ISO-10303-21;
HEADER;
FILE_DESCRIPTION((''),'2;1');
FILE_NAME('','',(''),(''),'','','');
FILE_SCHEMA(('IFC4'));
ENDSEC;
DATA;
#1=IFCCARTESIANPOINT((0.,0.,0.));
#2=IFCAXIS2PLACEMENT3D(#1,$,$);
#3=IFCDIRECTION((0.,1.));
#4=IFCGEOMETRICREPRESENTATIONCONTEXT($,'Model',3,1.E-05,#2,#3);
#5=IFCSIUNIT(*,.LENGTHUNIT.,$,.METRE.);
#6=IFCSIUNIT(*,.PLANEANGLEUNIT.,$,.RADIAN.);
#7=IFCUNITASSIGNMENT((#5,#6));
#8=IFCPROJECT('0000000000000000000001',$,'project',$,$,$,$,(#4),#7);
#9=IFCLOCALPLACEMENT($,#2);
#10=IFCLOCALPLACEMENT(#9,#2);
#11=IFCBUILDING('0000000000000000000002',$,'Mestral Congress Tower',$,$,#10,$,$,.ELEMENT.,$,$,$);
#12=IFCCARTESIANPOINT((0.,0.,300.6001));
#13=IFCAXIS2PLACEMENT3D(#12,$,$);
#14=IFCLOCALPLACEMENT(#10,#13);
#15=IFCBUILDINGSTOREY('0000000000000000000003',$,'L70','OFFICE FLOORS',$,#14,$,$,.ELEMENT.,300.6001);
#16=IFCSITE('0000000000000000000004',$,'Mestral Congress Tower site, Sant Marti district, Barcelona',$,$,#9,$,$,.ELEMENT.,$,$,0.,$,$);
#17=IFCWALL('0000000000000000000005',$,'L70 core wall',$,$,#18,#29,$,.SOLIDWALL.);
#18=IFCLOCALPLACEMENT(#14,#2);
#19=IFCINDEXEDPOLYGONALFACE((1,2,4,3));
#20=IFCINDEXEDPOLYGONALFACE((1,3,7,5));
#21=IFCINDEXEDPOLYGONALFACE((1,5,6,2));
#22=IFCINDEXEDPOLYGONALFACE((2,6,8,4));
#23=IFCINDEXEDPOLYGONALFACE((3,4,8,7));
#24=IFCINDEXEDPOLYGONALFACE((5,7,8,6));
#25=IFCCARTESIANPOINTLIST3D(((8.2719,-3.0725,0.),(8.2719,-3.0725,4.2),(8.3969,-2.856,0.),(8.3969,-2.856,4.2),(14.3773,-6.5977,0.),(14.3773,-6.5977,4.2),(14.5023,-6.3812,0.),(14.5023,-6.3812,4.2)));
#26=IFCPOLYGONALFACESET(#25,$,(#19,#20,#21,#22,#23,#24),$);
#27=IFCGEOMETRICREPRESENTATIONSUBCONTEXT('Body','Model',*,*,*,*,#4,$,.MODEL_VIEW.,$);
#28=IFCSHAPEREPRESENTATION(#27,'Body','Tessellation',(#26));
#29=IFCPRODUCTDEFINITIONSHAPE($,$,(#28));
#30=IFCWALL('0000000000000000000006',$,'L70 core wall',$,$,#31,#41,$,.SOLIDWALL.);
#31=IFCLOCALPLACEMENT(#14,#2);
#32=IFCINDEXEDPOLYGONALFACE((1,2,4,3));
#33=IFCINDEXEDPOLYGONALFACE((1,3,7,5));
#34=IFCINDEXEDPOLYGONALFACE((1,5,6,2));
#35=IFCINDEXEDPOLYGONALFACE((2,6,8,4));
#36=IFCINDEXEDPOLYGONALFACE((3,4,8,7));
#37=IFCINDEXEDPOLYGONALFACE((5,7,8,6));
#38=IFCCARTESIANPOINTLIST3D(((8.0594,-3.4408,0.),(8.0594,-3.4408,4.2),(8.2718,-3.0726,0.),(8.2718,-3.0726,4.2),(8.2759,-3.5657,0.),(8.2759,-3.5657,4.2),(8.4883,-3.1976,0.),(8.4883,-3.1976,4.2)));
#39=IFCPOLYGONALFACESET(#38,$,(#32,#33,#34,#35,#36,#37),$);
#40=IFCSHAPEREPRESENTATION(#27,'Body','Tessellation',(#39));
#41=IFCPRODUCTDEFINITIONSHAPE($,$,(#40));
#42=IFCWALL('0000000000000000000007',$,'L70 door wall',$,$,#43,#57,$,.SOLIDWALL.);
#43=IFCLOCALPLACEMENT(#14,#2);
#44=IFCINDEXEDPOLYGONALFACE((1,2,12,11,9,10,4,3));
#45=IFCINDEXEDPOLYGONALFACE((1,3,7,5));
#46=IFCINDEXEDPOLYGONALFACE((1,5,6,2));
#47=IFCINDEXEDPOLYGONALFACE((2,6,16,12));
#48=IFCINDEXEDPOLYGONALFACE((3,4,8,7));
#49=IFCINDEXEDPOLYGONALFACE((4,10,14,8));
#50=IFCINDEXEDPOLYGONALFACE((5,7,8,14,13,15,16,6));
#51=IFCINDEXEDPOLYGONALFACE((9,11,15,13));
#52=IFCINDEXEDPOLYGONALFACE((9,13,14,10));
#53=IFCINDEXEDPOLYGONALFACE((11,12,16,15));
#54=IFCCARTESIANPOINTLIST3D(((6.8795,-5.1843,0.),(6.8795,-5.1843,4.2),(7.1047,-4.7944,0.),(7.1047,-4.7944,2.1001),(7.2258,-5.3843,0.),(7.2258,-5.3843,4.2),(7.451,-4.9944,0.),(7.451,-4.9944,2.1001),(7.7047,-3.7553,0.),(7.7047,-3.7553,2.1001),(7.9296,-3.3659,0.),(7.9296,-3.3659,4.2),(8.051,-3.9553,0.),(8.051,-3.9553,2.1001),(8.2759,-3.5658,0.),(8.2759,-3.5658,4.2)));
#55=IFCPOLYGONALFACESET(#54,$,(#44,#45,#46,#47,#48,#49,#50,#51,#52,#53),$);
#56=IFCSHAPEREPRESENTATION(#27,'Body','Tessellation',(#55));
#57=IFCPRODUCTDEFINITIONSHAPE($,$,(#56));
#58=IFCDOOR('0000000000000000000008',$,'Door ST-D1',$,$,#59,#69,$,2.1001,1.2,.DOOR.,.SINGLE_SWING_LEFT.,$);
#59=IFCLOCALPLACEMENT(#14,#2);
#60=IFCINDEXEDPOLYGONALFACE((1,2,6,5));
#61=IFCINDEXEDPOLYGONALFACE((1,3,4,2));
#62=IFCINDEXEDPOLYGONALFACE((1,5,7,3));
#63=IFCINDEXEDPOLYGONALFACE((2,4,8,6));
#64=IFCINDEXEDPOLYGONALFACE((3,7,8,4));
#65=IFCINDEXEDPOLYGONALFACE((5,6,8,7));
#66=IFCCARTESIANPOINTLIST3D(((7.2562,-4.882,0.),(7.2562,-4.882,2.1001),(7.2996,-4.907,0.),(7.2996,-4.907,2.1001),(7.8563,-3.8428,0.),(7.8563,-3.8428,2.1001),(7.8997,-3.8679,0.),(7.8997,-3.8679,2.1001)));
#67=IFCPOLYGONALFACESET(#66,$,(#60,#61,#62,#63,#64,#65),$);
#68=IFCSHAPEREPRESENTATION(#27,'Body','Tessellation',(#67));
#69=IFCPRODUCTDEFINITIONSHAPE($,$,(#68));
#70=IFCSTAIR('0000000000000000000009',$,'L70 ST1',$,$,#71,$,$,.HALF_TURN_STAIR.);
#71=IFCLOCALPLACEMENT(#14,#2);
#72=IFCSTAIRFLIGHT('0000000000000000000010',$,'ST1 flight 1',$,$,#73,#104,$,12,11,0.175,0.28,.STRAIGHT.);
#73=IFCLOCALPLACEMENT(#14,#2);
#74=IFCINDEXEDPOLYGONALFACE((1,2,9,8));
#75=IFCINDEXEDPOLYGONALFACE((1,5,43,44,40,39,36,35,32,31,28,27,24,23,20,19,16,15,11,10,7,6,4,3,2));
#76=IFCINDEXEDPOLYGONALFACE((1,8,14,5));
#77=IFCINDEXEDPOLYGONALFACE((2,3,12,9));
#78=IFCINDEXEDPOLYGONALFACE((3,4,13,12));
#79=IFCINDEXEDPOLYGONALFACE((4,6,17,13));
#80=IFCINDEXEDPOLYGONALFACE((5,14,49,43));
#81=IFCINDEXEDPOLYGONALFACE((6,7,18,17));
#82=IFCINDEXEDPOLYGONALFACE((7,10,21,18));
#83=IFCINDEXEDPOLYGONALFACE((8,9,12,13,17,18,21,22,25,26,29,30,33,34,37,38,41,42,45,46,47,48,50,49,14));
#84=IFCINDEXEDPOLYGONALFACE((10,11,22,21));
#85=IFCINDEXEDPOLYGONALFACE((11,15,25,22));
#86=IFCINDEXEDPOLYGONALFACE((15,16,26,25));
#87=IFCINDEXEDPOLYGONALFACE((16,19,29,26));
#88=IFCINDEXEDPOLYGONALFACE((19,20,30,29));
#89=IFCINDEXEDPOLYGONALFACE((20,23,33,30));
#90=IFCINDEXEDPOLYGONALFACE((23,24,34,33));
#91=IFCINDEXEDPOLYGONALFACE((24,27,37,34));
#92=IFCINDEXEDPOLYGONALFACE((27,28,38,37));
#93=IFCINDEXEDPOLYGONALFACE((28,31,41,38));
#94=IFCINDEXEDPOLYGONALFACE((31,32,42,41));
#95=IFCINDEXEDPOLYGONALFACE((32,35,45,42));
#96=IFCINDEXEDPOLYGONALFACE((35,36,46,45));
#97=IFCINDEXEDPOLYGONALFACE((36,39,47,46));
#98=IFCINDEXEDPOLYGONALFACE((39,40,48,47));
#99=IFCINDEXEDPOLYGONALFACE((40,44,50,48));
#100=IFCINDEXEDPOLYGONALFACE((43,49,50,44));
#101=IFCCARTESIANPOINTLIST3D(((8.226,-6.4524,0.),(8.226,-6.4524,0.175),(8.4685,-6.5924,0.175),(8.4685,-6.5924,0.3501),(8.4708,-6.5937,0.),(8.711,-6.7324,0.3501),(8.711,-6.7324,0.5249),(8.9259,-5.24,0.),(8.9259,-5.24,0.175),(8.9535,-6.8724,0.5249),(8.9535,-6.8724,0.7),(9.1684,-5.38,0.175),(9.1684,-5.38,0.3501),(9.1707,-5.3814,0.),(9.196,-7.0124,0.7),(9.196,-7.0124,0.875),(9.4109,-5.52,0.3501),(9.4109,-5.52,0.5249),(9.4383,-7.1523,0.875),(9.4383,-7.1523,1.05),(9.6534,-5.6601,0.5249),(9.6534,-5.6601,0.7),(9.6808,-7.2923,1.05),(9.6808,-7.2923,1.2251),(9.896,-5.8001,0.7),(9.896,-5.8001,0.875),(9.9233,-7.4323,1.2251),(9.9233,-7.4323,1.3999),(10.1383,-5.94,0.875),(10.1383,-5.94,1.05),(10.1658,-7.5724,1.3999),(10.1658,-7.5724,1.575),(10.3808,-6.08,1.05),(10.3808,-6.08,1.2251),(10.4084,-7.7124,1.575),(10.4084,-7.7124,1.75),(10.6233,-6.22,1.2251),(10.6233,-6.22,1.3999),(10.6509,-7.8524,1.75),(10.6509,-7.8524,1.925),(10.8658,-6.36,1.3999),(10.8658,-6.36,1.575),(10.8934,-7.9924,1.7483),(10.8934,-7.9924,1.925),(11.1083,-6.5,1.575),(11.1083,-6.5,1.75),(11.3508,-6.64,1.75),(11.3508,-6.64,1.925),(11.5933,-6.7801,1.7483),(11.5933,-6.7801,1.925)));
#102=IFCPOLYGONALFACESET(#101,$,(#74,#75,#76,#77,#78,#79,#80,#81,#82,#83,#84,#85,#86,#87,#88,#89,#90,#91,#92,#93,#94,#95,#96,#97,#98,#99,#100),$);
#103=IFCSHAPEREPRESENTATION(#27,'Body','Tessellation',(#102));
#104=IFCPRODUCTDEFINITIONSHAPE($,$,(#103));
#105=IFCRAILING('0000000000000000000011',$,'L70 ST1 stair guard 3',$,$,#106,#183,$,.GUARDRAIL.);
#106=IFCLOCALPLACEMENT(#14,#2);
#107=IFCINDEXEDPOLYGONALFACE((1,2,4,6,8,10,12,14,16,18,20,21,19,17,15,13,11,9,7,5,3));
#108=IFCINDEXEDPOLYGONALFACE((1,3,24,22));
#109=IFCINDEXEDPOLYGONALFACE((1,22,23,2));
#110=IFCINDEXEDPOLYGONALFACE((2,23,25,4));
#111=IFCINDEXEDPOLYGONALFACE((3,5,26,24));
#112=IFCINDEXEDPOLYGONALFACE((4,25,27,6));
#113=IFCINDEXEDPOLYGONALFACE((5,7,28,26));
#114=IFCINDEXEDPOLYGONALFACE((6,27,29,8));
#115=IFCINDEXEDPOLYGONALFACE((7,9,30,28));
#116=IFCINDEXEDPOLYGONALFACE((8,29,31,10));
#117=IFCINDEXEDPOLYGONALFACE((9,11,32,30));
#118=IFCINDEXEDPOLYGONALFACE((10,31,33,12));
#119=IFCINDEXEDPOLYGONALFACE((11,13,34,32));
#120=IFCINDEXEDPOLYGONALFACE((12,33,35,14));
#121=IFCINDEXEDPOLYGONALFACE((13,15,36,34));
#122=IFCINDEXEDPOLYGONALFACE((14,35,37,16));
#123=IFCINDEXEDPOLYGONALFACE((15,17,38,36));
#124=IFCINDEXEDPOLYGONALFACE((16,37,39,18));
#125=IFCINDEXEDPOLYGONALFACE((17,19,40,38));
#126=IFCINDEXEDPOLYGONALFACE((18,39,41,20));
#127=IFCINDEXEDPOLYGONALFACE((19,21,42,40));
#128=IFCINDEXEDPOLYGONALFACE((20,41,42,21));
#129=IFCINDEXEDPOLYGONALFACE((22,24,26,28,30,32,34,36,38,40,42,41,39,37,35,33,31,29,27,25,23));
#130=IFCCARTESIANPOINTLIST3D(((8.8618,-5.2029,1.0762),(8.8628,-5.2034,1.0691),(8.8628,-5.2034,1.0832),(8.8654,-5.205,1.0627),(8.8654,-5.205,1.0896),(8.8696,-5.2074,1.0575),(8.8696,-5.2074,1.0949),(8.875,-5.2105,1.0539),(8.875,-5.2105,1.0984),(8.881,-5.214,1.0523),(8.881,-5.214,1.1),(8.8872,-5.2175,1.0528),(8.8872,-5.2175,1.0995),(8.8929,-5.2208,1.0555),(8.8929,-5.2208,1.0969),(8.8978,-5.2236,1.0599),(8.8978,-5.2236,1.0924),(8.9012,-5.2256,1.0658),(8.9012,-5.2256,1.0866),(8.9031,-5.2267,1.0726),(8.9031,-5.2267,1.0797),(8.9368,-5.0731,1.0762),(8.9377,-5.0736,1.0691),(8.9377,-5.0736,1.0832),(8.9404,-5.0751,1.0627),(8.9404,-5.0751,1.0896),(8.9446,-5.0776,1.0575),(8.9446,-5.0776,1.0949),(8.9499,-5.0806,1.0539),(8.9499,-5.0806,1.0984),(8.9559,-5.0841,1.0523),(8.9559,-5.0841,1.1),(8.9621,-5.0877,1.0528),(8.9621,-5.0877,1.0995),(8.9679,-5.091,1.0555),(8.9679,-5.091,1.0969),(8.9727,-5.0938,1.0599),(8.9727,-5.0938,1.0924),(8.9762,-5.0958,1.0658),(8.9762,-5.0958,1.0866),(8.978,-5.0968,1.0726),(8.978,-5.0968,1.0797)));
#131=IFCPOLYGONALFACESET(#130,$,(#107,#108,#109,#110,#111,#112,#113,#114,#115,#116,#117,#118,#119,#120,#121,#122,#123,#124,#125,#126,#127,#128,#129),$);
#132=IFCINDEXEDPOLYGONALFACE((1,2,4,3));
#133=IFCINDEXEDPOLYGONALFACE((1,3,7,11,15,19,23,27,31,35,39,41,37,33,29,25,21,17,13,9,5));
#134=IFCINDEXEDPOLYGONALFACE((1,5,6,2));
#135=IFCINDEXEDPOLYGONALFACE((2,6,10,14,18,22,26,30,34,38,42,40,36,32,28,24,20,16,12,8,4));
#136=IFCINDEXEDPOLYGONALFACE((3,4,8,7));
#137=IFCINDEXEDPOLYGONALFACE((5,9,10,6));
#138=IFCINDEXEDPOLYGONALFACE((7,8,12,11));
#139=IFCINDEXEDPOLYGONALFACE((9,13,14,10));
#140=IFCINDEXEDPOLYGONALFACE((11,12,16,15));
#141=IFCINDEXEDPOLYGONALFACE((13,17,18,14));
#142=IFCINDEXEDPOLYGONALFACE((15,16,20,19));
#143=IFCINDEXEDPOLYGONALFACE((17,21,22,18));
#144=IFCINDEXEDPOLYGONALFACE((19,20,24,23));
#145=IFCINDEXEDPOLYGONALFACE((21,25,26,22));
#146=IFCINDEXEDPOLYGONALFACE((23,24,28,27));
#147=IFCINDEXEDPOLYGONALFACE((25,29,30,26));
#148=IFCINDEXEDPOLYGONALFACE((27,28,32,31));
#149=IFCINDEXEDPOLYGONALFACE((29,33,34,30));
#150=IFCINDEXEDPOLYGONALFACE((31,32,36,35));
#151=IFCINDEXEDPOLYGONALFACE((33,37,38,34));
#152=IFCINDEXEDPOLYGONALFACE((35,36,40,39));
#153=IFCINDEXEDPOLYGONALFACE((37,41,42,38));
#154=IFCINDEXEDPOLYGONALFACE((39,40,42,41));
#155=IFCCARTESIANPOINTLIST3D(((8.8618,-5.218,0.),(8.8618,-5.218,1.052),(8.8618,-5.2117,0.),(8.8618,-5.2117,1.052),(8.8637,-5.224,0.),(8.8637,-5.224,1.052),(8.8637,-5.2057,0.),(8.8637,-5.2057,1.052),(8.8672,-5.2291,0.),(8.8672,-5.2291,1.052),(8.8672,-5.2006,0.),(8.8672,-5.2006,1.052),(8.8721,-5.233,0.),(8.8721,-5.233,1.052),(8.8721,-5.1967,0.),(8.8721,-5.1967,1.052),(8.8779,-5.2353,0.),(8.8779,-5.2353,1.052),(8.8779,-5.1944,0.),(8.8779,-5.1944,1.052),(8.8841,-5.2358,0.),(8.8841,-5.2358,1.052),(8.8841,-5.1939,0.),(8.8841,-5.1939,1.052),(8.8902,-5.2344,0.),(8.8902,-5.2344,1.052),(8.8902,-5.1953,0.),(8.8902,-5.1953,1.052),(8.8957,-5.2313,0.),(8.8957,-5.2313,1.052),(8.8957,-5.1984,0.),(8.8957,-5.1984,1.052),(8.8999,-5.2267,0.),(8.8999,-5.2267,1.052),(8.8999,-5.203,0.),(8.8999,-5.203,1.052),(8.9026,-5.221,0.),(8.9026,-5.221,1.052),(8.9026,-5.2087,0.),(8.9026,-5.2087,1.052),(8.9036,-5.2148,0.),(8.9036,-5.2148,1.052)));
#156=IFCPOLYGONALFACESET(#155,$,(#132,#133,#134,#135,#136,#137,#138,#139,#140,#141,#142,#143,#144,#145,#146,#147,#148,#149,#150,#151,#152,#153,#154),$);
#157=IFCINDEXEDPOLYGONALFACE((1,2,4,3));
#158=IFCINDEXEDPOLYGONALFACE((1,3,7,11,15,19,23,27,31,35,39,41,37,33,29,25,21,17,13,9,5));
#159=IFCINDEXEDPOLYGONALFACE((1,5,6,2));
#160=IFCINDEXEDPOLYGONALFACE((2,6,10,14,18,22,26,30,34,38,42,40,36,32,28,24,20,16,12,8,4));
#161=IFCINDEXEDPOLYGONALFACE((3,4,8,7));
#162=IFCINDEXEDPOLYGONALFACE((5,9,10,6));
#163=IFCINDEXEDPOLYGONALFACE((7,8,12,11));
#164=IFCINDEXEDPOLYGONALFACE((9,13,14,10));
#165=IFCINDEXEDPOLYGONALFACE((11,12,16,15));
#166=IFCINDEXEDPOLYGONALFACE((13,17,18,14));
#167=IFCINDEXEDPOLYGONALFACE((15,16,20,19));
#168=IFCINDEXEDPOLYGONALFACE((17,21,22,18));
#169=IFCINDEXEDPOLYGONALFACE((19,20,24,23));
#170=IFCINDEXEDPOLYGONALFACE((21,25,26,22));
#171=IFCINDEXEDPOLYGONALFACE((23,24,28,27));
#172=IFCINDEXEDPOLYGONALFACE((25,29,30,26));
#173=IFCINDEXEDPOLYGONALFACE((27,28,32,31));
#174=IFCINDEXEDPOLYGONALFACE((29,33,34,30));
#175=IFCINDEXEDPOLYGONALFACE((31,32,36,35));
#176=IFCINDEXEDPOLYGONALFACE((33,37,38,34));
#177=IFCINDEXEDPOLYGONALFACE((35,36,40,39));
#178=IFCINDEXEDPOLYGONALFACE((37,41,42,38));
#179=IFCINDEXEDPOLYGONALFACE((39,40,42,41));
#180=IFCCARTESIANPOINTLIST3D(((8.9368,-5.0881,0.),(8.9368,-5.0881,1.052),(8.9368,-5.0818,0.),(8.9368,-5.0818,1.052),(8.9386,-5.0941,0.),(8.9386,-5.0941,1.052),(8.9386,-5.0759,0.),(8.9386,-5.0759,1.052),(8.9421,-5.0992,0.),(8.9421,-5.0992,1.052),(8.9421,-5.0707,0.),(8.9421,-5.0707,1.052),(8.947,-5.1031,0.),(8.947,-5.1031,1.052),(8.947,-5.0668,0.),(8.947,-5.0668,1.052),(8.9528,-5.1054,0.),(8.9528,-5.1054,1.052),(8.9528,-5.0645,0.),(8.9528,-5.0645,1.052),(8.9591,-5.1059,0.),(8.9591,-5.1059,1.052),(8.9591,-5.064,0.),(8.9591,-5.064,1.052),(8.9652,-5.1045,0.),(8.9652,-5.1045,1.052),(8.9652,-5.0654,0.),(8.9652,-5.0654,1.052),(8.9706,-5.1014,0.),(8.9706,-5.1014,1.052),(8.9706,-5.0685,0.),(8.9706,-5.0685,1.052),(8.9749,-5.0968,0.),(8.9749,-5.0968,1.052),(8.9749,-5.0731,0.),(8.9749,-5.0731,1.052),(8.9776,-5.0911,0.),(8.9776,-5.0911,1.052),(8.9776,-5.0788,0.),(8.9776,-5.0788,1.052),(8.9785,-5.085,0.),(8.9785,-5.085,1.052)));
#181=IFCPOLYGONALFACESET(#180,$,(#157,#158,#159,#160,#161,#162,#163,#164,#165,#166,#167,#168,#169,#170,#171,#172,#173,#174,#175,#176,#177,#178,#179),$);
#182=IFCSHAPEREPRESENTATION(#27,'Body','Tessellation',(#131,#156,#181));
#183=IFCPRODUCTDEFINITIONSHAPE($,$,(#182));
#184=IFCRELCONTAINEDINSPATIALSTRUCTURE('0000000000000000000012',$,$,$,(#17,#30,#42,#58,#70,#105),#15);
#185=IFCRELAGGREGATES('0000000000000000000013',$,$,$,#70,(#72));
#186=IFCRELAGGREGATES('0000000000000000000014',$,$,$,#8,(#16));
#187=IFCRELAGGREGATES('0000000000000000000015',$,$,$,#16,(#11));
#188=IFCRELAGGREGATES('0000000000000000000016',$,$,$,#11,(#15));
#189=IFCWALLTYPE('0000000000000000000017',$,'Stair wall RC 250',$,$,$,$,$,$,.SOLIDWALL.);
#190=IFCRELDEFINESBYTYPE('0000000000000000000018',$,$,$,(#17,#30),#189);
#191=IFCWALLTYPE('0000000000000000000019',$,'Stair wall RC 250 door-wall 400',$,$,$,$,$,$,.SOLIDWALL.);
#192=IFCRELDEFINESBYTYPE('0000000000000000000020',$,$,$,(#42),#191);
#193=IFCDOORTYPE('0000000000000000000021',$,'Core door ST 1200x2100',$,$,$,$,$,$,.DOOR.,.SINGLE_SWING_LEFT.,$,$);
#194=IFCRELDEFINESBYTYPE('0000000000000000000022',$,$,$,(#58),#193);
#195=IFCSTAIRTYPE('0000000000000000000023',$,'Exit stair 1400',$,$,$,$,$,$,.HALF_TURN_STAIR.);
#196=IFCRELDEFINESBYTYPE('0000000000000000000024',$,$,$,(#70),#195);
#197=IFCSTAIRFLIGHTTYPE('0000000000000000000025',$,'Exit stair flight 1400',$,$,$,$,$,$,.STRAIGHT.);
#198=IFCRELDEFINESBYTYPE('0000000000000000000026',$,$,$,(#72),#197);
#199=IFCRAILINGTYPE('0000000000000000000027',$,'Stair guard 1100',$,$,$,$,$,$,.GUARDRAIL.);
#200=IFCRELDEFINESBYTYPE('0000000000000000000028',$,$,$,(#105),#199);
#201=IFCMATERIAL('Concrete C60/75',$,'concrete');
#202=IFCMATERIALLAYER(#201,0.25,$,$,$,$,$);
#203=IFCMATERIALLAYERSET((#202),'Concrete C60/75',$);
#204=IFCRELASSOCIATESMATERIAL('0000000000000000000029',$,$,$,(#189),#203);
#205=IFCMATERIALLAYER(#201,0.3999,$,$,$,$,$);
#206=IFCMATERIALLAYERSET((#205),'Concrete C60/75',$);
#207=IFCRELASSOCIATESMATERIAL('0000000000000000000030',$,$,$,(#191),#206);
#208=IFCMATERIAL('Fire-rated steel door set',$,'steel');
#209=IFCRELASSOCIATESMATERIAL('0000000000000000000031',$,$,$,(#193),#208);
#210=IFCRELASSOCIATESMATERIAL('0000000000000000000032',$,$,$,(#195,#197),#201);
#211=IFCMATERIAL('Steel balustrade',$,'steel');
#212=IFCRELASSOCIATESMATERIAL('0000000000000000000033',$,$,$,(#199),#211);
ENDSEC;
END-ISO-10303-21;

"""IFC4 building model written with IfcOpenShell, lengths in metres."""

from ifc_helpers import new_model, si_unit, direction, frame, frame_2d, origin, origin_2d, place, context, subcontext, project, spatial, polyline, rectangle, circle, outline, extrude, material, layer, layer_set, type_object, element, fill, aggregate, save


model = new_model("IFC4")

# Units and contexts
model_context = context("Model", 3, precision=1e-05, world=origin(), true_north=direction((0.0, 1.0)))
body_context = subcontext(model_context, "Body", "Model", "MODEL_VIEW")
ifc_project = project(units=[si_unit("LENGTHUNIT", "METRE"), si_unit("PLANEANGLEUNIT", "RADIAN")], contexts=[model_context])

# Site, building, storey
site_placement = place(None, origin())
site = spatial("IfcSite", under=ifc_project, at=site_placement, Name="Mestral Congress Tower site, Sant Marti district, Barcelona", CompositionType="ELEMENT", RefElevation=0.0)
building_placement = place(site_placement, origin())
building = spatial("IfcBuilding", under=site, at=building_placement, Name="Mestral Congress Tower", CompositionType="ELEMENT")
storey_placement = place(building_placement, frame((0.0, 0.0, 300.6001)))
storey = spatial("IfcBuildingStorey", under=building, at=storey_placement, Name="L70", Description="OFFICE FLOORS", CompositionType="ELEMENT", Elevation=300.6001)

# Shared definitions
ifc_material_1 = material(Name="Fire-rated steel door set", Category="steel")

# Walls
ifc_material_2 = material(Name="Concrete C60/75", Category="concrete")
ifc_layer_1 = layer(ifc_material_2, 0.25)
ifc_layer_set_1 = layer_set([ifc_layer_1], Name="Concrete C60/75")
wall_type_1 = type_object("IfcWallType", Name="Stair wall RC 250", PredefinedType="SOLIDWALL", material=ifc_layer_set_1)
wall_1_placement = place(storey_placement, frame((8.3345, -2.9644, 0.0), z_axis=(0.0, 0.0, 1.0), x_axis=(0.866016, -0.500016, 0.0)))
element("IfcWall", 1, at=wall_1_placement, inside=storey, type_object=wall_type_1, Name="L70 core wall", PredefinedType="SOLIDWALL", context=body_context, shape_type="SweptSolid", body=[
    extrude(rectangle(XDim=7.05, YDim=0.25, at=frame_2d((3.5249, 0.0))), origin(), (0.0, 0.0, 1.0), 4.2),
])
wall_2_placement = place(storey_placement, frame((8.1677, -3.5032, 0.0), z_axis=(0.0, 0.0, 1.0), x_axis=(0.499722, 0.866186, 0.0)))
element("IfcWall", 2, at=wall_2_placement, inside=storey, type_object=wall_type_1, Name="L70 core wall", PredefinedType="SOLIDWALL", context=body_context, shape_type="SweptSolid", body=[
    extrude(rectangle(XDim=0.425, YDim=0.25, at=frame_2d((0.2124, 0.0))), origin(), (0.0, 0.0, 1.0), 4.2),
])

# Wall, opening, door
ifc_layer_2 = layer(ifc_material_2, 0.3999)
ifc_layer_set_2 = layer_set([ifc_layer_2], Name="Concrete C60/75")
wall_type_2 = type_object("IfcWallType", Name="Stair wall RC 250 door-wall 400", PredefinedType="SOLIDWALL", material=ifc_layer_set_2)
wall_3_placement = place(storey_placement, frame((7.0527, -5.2842, 0.0), z_axis=(0.0, 0.0, 1.0), x_axis=(0.500078, 0.86598, 0.0)))
wall_3 = element("IfcWall", 3, at=wall_3_placement, inside=storey, type_object=wall_type_2, Name="L70 door wall", PredefinedType="SOLIDWALL", context=body_context, shape_type="SweptSolid", body=[
    extrude(rectangle(XDim=2.0999, YDim=0.3999, at=frame_2d((1.0498, 0.0))), origin(), (0.0, 0.0, 1.0), 4.2),
])
opening_1_placement = place(wall_3_placement, frame((0.45, 0.0, 0.0)))
opening_1 = element("IfcOpeningElement", 4, at=opening_1_placement, cuts=wall_3, PredefinedType="OPENING", context=body_context, shape_type="SweptSolid", body=[
    extrude(rectangle(XDim=1.2, YDim=2.1001, at=frame_2d((0.6001, 1.05))), frame((0.0, 0.21, 0.0), z_axis=(0.0, -1.0, 0.0), x_axis=(1.0, 0.0, 0.0)), (0.0, 0.0, 1.0), 0.4199),
])
door_type_1 = type_object("IfcDoorType", Name="Core door ST 1200x2100", OperationType="SINGLE_SWING_LEFT", PredefinedType="DOOR", material=ifc_material_1)
door_1_placement = place(opening_1_placement, origin())
door_1 = element("IfcDoor", 5, at=door_1_placement, inside=storey, type_object=door_type_1, Name="Door ST-D1", OperationType="SINGLE_SWING_LEFT", OverallHeight=2.1001, OverallWidth=1.2, PredefinedType="DOOR", context=body_context, shape_type="SweptSolid", body=[
    extrude(rectangle(XDim=1.2, YDim=2.1001, at=frame_2d((0.6001, 1.05))), frame((0.0, 0.0249, 0.0), z_axis=(0.0, -1.0, 0.0), x_axis=(1.0, 0.0, 0.0)), (0.0, 0.0, 1.0), 0.05),
])
fill(opening_1, door_1)

# Stair, stair flight
stair_type = type_object("IfcStairType", Name="Exit stair 1400", PredefinedType="HALF_TURN_STAIR", material=ifc_material_2)
stair_placement = place(storey_placement, origin())
stair = element("IfcStair", 6, at=stair_placement, inside=storey, type_object=stair_type, Name="L70 ST1", PredefinedType="HALF_TURN_STAIR")
stair_flight_type = type_object("IfcStairFlightType", Name="Exit stair flight 1400", PredefinedType="STRAIGHT", material=ifc_material_2)
stair_flight_placement = place(storey_placement, frame((8.5759, -5.8462, 0.0), z_axis=(0.0, 0.0, 1.0), x_axis=(0.866025, -0.5, 0.0)))
stair_flight = element("IfcStairFlight", 7, at=stair_flight_placement, type_object=stair_flight_type, Name="ST1 flight 1", NumberOfRisers=12, NumberOfTreads=11, PredefinedType="STRAIGHT", RiserHeight=0.175, TreadLength=0.28, context=body_context, shape_type="SweptSolid", body=[
    extrude(outline(polyline([(0.0, 0.0), (0.0, 0.175), (0.28, 0.175), (0.28, 0.3501), (0.5601, 0.3501), (0.5601, 0.5249), (0.8401, 0.5249), (0.8401, 0.7), (1.1201, 0.7), (1.1201, 0.875), (1.3999, 0.875), (1.3999, 1.05), (1.6799, 1.05), (1.6799, 1.2251), (1.96, 1.2251), (1.96, 1.3999), (2.24, 1.3999), (2.24, 1.575), (2.52, 1.575), (2.52, 1.75), (2.8, 1.75), (2.8, 1.925), (3.0801, 1.925), (3.0801, 2.1001), (3.0801, 1.7483), (0.2827, 0.0), (0.0, 0.0)])), frame((0.0, 0.7, 0.0), z_axis=(0.0, -1.0, 0.0), x_axis=(1.0, 0.0, 0.0)), (0.0, 0.0, 1.0), 1.3999),
])
aggregate(stair, [stair_flight])

# Railing
ifc_material_3 = material(Name="Steel balustrade", Category="steel")
railing_type_1 = type_object("IfcRailingType", Name="Stair guard 1100", PredefinedType="GUARDRAIL", material=ifc_material_3)
railing_1_placement = place(storey_placement, frame((8.8826, -5.2148, 0.0)))
element("IfcRailing", 8, at=railing_1_placement, inside=storey, type_object=railing_type_1, Name="L70 ST1 stair guard 3", PredefinedType="GUARDRAIL", context=body_context, shape_type="SweptSolid", body=[
    extrude(circle(Radius=0.0239, at=origin_2d()), frame((0.0, 0.0, 1.0762), z_axis=(0.499816, 0.866131, 0.0), x_axis=(-0.866131, 0.499816, 0.0)), (0.0, 0.0, 1.0), 0.1499),
    extrude(circle(Radius=0.021, at=origin_2d()), origin(), (0.0, 0.0, 1.0), 1.052),
    extrude(circle(Radius=0.021, at=origin_2d()), frame((0.075, 0.1299, 0.0)), (0.0, 0.0, 1.0), 1.052),
])

save(model, "model.ifc")
